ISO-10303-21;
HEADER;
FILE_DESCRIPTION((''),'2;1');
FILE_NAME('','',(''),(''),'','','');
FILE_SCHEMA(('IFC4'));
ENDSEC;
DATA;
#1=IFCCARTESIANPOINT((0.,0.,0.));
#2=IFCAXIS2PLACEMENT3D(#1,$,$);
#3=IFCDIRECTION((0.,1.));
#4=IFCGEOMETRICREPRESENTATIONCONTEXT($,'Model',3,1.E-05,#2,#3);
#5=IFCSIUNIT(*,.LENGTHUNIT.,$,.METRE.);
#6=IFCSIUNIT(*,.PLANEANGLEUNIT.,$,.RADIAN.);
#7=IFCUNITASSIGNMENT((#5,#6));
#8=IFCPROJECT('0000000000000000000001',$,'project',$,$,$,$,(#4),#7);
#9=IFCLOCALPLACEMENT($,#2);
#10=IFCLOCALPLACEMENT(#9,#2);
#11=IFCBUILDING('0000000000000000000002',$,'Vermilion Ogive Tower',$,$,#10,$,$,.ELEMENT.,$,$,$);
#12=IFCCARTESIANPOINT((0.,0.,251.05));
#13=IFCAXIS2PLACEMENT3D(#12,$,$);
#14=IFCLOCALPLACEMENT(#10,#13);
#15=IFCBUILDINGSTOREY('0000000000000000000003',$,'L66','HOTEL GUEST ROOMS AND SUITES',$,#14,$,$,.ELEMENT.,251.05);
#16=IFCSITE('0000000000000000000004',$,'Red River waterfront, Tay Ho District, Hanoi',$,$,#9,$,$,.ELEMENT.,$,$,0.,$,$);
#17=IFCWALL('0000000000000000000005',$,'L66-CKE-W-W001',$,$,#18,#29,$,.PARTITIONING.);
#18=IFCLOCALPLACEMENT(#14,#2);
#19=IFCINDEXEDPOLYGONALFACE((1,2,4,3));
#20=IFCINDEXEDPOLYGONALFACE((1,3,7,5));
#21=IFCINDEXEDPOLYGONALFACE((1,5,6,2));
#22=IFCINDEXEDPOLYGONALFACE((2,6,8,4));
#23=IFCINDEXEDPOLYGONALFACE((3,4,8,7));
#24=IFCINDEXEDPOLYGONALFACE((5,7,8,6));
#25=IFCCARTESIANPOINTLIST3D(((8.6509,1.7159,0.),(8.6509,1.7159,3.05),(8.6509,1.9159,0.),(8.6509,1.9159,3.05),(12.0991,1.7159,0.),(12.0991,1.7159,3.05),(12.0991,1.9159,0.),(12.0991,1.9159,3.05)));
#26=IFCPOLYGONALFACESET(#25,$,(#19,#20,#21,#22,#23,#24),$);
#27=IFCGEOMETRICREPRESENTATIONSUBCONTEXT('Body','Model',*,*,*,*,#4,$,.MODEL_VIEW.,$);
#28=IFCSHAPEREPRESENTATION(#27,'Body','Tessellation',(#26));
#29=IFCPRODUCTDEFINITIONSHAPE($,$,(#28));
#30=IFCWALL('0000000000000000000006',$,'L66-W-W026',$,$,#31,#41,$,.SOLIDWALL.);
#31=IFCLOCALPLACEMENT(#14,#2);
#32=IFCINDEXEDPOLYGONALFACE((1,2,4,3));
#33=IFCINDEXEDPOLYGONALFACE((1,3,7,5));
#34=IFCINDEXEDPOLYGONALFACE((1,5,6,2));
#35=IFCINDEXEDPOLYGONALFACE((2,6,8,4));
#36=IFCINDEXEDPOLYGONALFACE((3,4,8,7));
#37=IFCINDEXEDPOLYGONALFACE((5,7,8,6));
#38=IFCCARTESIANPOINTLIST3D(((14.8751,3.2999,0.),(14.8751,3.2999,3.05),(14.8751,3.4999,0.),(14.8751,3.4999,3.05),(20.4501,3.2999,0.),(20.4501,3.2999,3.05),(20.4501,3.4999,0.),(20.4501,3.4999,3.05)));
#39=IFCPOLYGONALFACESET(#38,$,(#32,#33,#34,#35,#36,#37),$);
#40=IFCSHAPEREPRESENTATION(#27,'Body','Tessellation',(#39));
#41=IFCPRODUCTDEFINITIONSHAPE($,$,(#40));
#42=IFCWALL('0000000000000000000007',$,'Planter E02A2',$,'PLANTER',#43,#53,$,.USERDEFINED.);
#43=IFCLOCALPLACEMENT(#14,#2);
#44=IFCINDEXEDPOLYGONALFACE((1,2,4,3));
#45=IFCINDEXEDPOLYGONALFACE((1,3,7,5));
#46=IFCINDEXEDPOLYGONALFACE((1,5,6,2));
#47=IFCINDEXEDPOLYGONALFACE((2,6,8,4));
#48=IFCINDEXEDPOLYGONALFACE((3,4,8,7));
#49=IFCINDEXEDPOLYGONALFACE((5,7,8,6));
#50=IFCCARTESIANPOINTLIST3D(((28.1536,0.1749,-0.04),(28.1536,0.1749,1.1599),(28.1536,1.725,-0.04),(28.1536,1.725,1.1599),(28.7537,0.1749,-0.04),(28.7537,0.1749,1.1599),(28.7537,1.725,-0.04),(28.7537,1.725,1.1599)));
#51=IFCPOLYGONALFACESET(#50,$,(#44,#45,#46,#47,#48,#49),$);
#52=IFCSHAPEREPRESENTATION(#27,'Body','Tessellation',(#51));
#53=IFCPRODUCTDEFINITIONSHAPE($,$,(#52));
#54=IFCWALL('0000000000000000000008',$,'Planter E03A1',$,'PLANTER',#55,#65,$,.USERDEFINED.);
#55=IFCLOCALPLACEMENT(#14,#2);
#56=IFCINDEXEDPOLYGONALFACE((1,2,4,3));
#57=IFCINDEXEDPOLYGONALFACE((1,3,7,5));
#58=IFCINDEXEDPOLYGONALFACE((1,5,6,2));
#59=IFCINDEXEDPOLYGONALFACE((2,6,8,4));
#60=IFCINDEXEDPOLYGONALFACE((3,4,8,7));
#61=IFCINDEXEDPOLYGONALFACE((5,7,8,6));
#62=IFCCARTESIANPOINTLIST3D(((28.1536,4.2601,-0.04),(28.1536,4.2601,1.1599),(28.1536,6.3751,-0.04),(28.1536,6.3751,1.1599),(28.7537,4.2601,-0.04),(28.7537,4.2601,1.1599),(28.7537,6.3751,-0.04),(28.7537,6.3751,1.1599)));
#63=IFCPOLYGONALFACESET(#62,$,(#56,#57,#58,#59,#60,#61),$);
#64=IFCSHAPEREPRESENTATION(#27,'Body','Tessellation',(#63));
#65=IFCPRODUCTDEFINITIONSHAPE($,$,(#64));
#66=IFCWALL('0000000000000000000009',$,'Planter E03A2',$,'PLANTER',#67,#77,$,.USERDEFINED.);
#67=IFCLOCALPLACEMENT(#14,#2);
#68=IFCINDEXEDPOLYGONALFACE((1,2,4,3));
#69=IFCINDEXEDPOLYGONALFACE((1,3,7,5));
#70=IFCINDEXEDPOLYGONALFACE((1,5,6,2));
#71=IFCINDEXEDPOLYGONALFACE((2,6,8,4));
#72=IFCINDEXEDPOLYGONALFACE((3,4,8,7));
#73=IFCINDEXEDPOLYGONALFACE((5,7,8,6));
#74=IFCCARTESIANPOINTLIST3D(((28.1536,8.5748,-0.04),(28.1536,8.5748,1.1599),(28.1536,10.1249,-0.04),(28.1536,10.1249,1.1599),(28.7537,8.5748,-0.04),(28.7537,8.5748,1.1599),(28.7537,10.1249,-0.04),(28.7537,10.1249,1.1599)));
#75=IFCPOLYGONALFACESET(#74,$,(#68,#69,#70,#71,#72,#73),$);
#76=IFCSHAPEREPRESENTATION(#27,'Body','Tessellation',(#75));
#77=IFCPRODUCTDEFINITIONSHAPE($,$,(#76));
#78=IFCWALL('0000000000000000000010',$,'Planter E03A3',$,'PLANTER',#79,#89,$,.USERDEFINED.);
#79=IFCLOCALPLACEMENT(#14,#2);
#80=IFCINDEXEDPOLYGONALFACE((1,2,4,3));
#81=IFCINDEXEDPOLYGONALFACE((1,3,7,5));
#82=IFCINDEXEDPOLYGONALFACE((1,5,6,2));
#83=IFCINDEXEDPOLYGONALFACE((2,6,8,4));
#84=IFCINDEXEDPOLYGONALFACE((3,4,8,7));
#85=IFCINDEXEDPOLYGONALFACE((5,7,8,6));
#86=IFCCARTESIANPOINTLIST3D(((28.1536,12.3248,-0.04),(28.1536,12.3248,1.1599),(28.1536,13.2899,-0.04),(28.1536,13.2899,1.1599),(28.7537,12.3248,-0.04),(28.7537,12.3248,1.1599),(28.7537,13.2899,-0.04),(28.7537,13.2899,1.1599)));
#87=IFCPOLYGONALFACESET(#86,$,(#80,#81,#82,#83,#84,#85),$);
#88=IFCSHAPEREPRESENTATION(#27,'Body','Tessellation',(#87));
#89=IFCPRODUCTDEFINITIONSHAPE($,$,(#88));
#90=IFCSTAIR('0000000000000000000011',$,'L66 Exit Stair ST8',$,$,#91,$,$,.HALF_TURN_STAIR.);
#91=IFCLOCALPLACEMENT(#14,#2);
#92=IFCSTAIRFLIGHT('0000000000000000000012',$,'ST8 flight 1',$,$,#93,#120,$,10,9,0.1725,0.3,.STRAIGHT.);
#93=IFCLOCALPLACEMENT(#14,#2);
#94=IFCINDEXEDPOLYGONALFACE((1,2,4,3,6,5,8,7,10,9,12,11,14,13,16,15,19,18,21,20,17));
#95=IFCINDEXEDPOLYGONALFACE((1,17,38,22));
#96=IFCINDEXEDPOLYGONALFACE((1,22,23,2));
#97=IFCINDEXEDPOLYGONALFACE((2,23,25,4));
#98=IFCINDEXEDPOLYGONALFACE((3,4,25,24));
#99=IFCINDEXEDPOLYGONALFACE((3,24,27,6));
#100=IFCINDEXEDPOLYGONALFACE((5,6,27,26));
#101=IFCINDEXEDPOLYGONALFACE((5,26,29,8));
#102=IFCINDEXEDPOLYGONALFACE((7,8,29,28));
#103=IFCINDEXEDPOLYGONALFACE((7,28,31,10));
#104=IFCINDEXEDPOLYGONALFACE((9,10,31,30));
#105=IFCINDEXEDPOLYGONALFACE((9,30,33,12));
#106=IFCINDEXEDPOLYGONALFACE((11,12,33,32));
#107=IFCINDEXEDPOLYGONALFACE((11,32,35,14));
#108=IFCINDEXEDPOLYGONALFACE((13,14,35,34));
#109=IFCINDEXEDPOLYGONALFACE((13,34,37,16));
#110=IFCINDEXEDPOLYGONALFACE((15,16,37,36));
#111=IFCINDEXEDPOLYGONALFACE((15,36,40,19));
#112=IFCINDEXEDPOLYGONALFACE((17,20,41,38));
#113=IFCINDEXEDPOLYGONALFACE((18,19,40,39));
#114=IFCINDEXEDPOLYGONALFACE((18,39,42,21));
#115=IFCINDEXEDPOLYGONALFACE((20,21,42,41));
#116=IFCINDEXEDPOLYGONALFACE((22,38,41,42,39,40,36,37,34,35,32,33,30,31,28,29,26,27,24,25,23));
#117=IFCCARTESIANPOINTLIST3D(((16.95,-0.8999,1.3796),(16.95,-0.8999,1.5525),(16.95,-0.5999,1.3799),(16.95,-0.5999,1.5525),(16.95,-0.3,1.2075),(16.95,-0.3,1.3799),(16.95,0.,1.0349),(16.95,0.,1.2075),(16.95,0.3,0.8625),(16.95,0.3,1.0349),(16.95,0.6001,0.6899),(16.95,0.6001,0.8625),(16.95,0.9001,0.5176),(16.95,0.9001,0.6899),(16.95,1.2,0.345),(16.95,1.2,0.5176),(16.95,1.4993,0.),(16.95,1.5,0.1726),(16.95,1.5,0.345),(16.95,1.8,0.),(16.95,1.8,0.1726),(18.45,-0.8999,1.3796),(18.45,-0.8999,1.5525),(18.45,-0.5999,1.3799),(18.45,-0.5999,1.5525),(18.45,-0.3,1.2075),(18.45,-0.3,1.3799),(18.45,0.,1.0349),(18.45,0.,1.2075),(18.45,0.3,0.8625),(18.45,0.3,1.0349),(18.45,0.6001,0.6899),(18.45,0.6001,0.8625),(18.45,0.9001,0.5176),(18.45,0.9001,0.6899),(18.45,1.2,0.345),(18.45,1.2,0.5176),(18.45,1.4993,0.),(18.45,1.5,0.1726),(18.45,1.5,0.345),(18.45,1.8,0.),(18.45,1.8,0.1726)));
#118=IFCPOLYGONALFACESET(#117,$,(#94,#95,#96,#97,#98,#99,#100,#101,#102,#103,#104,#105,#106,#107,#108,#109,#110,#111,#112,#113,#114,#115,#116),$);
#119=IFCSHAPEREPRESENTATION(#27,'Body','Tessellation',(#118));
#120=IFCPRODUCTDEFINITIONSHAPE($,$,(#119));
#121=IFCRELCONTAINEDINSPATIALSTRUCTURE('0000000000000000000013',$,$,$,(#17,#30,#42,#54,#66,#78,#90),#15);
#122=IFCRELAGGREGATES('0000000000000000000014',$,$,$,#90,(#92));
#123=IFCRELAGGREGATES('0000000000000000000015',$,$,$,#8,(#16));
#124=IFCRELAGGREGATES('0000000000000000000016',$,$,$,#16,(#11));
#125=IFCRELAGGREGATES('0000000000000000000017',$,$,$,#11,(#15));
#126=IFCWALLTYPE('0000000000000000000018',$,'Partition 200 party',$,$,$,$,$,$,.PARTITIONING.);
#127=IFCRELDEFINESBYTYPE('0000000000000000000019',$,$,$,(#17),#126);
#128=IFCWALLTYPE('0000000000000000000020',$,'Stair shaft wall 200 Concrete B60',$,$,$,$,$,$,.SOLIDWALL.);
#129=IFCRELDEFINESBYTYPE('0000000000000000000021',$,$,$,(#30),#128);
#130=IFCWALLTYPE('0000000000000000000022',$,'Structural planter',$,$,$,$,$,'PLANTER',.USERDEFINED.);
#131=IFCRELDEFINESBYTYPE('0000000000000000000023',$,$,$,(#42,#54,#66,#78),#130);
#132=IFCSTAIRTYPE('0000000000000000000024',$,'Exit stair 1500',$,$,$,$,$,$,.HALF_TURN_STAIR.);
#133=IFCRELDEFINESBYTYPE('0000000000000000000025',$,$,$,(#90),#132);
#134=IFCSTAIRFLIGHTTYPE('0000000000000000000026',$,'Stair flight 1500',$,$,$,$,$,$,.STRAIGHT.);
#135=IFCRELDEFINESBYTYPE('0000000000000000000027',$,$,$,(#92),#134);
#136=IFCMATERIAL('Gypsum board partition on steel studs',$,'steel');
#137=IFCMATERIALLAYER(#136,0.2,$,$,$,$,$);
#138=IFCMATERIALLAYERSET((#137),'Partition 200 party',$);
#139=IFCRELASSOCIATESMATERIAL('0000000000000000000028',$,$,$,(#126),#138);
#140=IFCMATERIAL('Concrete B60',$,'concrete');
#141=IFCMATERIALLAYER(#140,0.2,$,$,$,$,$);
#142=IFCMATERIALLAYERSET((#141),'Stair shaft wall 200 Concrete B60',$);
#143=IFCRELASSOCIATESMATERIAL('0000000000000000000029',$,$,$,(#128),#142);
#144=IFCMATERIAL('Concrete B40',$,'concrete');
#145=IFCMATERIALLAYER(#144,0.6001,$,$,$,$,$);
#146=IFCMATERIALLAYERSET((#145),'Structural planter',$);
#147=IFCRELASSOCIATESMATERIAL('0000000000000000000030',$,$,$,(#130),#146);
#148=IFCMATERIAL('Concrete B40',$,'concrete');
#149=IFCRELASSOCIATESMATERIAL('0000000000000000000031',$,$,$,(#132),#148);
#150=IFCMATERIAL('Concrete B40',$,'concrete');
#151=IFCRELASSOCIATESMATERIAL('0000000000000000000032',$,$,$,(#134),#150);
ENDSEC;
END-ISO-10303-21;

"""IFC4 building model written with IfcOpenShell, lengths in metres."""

from ifc_helpers import new_model, si_unit, direction, frame, frame_2d, origin, place, context, subcontext, project, spatial, polyline, rectangle, outline, extrude, material, layer, layer_set, type_object, element, aggregate, save


model = new_model("IFC4")

# Units and contexts
model_context = context("Model", 3, precision=1e-05, world=origin(), true_north=direction((0.0, 1.0)))
body_context = subcontext(model_context, "Body", "Model", "MODEL_VIEW")
ifc_project = project(units=[si_unit("LENGTHUNIT", "METRE"), si_unit("PLANEANGLEUNIT", "RADIAN")], contexts=[model_context])

# Site, building, storey
site_placement = place(None, origin())
site = spatial("IfcSite", under=ifc_project, at=site_placement, Name="Red River waterfront, Tay Ho District, Hanoi", CompositionType="ELEMENT", RefElevation=0.0)
building_placement = place(site_placement, origin())
building = spatial("IfcBuilding", under=site, at=building_placement, Name="Vermilion Ogive Tower", CompositionType="ELEMENT")
storey_placement = place(building_placement, frame((0.0, 0.0, 251.05)))
storey = spatial("IfcBuildingStorey", under=building, at=storey_placement, Name="L66", Description="HOTEL GUEST ROOMS AND SUITES", CompositionType="ELEMENT", Elevation=251.05)

# Walls
ifc_material_1 = material(Name="Gypsum board partition on steel studs", Category="steel")
ifc_layer_1 = layer(ifc_material_1, 0.2)
ifc_layer_set_1 = layer_set([ifc_layer_1], Name="Partition 200 party")
wall_type_1 = type_object("IfcWallType", Name="Partition 200 party", PredefinedType="PARTITIONING", material=ifc_layer_set_1)
wall_1_placement = place(storey_placement, frame((8.6509, 1.8159, 0.0), z_axis=(0.0, 0.0, 1.0), x_axis=(1.0, 0.0, 0.0)))
element("IfcWall", 1, at=wall_1_placement, inside=storey, type_object=wall_type_1, Name="L66-CKE-W-W001", PredefinedType="PARTITIONING", context=body_context, shape_type="SweptSolid", body=[
    extrude(rectangle(XDim=3.4482, YDim=0.2, at=frame_2d((1.7241, 0.0))), origin(), (0.0, 0.0, 1.0), 3.05),
])
ifc_material_2 = material(Name="Concrete B60", Category="concrete")
ifc_layer_2 = layer(ifc_material_2, 0.2)
ifc_layer_set_2 = layer_set([ifc_layer_2], Name="Stair shaft wall 200 Concrete B60")
wall_type_2 = type_object("IfcWallType", Name="Stair shaft wall 200 Concrete B60", PredefinedType="SOLIDWALL", material=ifc_layer_set_2)
wall_2_placement = place(storey_placement, frame((14.875, 3.3999, 0.0), z_axis=(0.0, 0.0, 1.0), x_axis=(1.0, 0.0, 0.0)))
element("IfcWall", 2, at=wall_2_placement, inside=storey, type_object=wall_type_2, Name="L66-W-W026", PredefinedType="SOLIDWALL", context=body_context, shape_type="SweptSolid", body=[
    extrude(rectangle(XDim=5.575, YDim=0.2, at=frame_2d((2.7876, 0.0))), origin(), (0.0, 0.0, 1.0), 3.05),
])
ifc_material_3 = material(Name="Concrete B40", Category="concrete")
ifc_layer_3 = layer(ifc_material_3, 0.6001)
ifc_layer_set_3 = layer_set([ifc_layer_3], Name="Structural planter")
wall_type_3 = type_object("IfcWallType", Name="Structural planter", ElementType="PLANTER", PredefinedType="USERDEFINED", material=ifc_layer_set_3)
wall_3_placement = place(storey_placement, frame((28.4536, 0.175, -0.04), z_axis=(0.0, 0.0, 1.0), x_axis=(0.0, 1.0, 0.0)))
element("IfcWall", 3, at=wall_3_placement, inside=storey, type_object=wall_type_3, Name="Planter E02A2", ObjectType="PLANTER", PredefinedType="USERDEFINED", context=body_context, shape_type="SweptSolid", body=[
    extrude(rectangle(XDim=1.55, YDim=0.6001, at=frame_2d((0.7749, 0.0))), origin(), (0.0, 0.0, 1.0), 1.2),
])
wall_4_placement = place(storey_placement, frame((28.4536, 4.26, -0.04), z_axis=(0.0, 0.0, 1.0), x_axis=(0.0, 1.0, 0.0)))
element("IfcWall", 4, at=wall_4_placement, inside=storey, type_object=wall_type_3, Name="Planter E03A1", ObjectType="PLANTER", PredefinedType="USERDEFINED", context=body_context, shape_type="SweptSolid", body=[
    extrude(rectangle(XDim=2.115, YDim=0.6001, at=frame_2d((1.0576, 0.0))), origin(), (0.0, 0.0, 1.0), 1.2),
])
wall_5_placement = place(storey_placement, frame((28.4536, 8.575, -0.04), z_axis=(0.0, 0.0, 1.0), x_axis=(0.0, 1.0, 0.0)))
element("IfcWall", 5, at=wall_5_placement, inside=storey, type_object=wall_type_3, Name="Planter E03A2", ObjectType="PLANTER", PredefinedType="USERDEFINED", context=body_context, shape_type="SweptSolid", body=[
    extrude(rectangle(XDim=1.55, YDim=0.6001, at=frame_2d((0.7749, 0.0))), origin(), (0.0, 0.0, 1.0), 1.2),
])
wall_6_placement = place(storey_placement, frame((28.4536, 12.325, -0.04), z_axis=(0.0, 0.0, 1.0), x_axis=(0.0, 1.0, 0.0)))
element("IfcWall", 6, at=wall_6_placement, inside=storey, type_object=wall_type_3, Name="Planter E03A3", ObjectType="PLANTER", PredefinedType="USERDEFINED", context=body_context, shape_type="SweptSolid", body=[
    extrude(rectangle(XDim=0.9651, YDim=0.6001, at=frame_2d((0.4824, 0.0))), origin(), (0.0, 0.0, 1.0), 1.2),
])

# Stair, stair flight
ifc_material_4 = material(Name="Concrete B40", Category="concrete")
stair_type = type_object("IfcStairType", Name="Exit stair 1500", PredefinedType="HALF_TURN_STAIR", material=ifc_material_4)
stair_placement = place(storey_placement, origin())
stair = element("IfcStair", 7, at=stair_placement, inside=storey, type_object=stair_type, Name="L66 Exit Stair ST8", PredefinedType="HALF_TURN_STAIR")
ifc_material_5 = material(Name="Concrete B40", Category="concrete")
stair_flight_type = type_object("IfcStairFlightType", Name="Stair flight 1500", PredefinedType="STRAIGHT", material=ifc_material_5)
stair_flight_placement = place(storey_placement, frame((17.7, 1.8, 0.0), z_axis=(0.0, 0.0, 1.0), x_axis=(0.0, -1.0, 0.0)))
stair_flight = element("IfcStairFlight", 8, at=stair_flight_placement, type_object=stair_flight_type, Name="ST8 flight 1", NumberOfRisers=10, NumberOfTreads=9, PredefinedType="STRAIGHT", RiserHeight=0.1725, TreadLength=0.3, context=body_context, shape_type="SweptSolid", body=[
    extrude(outline(polyline([(0.0, 0.0), (0.0, 0.1726), (0.3, 0.1726), (0.3, 0.345), (0.6001, 0.345), (0.6001, 0.5176), (0.8999, 0.5176), (0.8999, 0.6899), (1.2, 0.6899), (1.2, 0.8625), (1.5, 0.8625), (1.5, 1.0349), (1.8, 1.0349), (1.8, 1.2075), (2.1001, 1.2075), (2.1001, 1.3799), (2.3999, 1.3799), (2.3999, 1.5525), (2.7, 1.5525), (2.7, 1.7251), (2.7, 1.3796), (0.3008, 0.0), (0.0, 0.0)])), frame((0.0, 0.75, 0.0), z_axis=(0.0, -1.0, 0.0), x_axis=(1.0, 0.0, 0.0)), (0.0, 0.0, 1.0), 1.5),
])
aggregate(stair, [stair_flight])

save(model, "model.ifc")
